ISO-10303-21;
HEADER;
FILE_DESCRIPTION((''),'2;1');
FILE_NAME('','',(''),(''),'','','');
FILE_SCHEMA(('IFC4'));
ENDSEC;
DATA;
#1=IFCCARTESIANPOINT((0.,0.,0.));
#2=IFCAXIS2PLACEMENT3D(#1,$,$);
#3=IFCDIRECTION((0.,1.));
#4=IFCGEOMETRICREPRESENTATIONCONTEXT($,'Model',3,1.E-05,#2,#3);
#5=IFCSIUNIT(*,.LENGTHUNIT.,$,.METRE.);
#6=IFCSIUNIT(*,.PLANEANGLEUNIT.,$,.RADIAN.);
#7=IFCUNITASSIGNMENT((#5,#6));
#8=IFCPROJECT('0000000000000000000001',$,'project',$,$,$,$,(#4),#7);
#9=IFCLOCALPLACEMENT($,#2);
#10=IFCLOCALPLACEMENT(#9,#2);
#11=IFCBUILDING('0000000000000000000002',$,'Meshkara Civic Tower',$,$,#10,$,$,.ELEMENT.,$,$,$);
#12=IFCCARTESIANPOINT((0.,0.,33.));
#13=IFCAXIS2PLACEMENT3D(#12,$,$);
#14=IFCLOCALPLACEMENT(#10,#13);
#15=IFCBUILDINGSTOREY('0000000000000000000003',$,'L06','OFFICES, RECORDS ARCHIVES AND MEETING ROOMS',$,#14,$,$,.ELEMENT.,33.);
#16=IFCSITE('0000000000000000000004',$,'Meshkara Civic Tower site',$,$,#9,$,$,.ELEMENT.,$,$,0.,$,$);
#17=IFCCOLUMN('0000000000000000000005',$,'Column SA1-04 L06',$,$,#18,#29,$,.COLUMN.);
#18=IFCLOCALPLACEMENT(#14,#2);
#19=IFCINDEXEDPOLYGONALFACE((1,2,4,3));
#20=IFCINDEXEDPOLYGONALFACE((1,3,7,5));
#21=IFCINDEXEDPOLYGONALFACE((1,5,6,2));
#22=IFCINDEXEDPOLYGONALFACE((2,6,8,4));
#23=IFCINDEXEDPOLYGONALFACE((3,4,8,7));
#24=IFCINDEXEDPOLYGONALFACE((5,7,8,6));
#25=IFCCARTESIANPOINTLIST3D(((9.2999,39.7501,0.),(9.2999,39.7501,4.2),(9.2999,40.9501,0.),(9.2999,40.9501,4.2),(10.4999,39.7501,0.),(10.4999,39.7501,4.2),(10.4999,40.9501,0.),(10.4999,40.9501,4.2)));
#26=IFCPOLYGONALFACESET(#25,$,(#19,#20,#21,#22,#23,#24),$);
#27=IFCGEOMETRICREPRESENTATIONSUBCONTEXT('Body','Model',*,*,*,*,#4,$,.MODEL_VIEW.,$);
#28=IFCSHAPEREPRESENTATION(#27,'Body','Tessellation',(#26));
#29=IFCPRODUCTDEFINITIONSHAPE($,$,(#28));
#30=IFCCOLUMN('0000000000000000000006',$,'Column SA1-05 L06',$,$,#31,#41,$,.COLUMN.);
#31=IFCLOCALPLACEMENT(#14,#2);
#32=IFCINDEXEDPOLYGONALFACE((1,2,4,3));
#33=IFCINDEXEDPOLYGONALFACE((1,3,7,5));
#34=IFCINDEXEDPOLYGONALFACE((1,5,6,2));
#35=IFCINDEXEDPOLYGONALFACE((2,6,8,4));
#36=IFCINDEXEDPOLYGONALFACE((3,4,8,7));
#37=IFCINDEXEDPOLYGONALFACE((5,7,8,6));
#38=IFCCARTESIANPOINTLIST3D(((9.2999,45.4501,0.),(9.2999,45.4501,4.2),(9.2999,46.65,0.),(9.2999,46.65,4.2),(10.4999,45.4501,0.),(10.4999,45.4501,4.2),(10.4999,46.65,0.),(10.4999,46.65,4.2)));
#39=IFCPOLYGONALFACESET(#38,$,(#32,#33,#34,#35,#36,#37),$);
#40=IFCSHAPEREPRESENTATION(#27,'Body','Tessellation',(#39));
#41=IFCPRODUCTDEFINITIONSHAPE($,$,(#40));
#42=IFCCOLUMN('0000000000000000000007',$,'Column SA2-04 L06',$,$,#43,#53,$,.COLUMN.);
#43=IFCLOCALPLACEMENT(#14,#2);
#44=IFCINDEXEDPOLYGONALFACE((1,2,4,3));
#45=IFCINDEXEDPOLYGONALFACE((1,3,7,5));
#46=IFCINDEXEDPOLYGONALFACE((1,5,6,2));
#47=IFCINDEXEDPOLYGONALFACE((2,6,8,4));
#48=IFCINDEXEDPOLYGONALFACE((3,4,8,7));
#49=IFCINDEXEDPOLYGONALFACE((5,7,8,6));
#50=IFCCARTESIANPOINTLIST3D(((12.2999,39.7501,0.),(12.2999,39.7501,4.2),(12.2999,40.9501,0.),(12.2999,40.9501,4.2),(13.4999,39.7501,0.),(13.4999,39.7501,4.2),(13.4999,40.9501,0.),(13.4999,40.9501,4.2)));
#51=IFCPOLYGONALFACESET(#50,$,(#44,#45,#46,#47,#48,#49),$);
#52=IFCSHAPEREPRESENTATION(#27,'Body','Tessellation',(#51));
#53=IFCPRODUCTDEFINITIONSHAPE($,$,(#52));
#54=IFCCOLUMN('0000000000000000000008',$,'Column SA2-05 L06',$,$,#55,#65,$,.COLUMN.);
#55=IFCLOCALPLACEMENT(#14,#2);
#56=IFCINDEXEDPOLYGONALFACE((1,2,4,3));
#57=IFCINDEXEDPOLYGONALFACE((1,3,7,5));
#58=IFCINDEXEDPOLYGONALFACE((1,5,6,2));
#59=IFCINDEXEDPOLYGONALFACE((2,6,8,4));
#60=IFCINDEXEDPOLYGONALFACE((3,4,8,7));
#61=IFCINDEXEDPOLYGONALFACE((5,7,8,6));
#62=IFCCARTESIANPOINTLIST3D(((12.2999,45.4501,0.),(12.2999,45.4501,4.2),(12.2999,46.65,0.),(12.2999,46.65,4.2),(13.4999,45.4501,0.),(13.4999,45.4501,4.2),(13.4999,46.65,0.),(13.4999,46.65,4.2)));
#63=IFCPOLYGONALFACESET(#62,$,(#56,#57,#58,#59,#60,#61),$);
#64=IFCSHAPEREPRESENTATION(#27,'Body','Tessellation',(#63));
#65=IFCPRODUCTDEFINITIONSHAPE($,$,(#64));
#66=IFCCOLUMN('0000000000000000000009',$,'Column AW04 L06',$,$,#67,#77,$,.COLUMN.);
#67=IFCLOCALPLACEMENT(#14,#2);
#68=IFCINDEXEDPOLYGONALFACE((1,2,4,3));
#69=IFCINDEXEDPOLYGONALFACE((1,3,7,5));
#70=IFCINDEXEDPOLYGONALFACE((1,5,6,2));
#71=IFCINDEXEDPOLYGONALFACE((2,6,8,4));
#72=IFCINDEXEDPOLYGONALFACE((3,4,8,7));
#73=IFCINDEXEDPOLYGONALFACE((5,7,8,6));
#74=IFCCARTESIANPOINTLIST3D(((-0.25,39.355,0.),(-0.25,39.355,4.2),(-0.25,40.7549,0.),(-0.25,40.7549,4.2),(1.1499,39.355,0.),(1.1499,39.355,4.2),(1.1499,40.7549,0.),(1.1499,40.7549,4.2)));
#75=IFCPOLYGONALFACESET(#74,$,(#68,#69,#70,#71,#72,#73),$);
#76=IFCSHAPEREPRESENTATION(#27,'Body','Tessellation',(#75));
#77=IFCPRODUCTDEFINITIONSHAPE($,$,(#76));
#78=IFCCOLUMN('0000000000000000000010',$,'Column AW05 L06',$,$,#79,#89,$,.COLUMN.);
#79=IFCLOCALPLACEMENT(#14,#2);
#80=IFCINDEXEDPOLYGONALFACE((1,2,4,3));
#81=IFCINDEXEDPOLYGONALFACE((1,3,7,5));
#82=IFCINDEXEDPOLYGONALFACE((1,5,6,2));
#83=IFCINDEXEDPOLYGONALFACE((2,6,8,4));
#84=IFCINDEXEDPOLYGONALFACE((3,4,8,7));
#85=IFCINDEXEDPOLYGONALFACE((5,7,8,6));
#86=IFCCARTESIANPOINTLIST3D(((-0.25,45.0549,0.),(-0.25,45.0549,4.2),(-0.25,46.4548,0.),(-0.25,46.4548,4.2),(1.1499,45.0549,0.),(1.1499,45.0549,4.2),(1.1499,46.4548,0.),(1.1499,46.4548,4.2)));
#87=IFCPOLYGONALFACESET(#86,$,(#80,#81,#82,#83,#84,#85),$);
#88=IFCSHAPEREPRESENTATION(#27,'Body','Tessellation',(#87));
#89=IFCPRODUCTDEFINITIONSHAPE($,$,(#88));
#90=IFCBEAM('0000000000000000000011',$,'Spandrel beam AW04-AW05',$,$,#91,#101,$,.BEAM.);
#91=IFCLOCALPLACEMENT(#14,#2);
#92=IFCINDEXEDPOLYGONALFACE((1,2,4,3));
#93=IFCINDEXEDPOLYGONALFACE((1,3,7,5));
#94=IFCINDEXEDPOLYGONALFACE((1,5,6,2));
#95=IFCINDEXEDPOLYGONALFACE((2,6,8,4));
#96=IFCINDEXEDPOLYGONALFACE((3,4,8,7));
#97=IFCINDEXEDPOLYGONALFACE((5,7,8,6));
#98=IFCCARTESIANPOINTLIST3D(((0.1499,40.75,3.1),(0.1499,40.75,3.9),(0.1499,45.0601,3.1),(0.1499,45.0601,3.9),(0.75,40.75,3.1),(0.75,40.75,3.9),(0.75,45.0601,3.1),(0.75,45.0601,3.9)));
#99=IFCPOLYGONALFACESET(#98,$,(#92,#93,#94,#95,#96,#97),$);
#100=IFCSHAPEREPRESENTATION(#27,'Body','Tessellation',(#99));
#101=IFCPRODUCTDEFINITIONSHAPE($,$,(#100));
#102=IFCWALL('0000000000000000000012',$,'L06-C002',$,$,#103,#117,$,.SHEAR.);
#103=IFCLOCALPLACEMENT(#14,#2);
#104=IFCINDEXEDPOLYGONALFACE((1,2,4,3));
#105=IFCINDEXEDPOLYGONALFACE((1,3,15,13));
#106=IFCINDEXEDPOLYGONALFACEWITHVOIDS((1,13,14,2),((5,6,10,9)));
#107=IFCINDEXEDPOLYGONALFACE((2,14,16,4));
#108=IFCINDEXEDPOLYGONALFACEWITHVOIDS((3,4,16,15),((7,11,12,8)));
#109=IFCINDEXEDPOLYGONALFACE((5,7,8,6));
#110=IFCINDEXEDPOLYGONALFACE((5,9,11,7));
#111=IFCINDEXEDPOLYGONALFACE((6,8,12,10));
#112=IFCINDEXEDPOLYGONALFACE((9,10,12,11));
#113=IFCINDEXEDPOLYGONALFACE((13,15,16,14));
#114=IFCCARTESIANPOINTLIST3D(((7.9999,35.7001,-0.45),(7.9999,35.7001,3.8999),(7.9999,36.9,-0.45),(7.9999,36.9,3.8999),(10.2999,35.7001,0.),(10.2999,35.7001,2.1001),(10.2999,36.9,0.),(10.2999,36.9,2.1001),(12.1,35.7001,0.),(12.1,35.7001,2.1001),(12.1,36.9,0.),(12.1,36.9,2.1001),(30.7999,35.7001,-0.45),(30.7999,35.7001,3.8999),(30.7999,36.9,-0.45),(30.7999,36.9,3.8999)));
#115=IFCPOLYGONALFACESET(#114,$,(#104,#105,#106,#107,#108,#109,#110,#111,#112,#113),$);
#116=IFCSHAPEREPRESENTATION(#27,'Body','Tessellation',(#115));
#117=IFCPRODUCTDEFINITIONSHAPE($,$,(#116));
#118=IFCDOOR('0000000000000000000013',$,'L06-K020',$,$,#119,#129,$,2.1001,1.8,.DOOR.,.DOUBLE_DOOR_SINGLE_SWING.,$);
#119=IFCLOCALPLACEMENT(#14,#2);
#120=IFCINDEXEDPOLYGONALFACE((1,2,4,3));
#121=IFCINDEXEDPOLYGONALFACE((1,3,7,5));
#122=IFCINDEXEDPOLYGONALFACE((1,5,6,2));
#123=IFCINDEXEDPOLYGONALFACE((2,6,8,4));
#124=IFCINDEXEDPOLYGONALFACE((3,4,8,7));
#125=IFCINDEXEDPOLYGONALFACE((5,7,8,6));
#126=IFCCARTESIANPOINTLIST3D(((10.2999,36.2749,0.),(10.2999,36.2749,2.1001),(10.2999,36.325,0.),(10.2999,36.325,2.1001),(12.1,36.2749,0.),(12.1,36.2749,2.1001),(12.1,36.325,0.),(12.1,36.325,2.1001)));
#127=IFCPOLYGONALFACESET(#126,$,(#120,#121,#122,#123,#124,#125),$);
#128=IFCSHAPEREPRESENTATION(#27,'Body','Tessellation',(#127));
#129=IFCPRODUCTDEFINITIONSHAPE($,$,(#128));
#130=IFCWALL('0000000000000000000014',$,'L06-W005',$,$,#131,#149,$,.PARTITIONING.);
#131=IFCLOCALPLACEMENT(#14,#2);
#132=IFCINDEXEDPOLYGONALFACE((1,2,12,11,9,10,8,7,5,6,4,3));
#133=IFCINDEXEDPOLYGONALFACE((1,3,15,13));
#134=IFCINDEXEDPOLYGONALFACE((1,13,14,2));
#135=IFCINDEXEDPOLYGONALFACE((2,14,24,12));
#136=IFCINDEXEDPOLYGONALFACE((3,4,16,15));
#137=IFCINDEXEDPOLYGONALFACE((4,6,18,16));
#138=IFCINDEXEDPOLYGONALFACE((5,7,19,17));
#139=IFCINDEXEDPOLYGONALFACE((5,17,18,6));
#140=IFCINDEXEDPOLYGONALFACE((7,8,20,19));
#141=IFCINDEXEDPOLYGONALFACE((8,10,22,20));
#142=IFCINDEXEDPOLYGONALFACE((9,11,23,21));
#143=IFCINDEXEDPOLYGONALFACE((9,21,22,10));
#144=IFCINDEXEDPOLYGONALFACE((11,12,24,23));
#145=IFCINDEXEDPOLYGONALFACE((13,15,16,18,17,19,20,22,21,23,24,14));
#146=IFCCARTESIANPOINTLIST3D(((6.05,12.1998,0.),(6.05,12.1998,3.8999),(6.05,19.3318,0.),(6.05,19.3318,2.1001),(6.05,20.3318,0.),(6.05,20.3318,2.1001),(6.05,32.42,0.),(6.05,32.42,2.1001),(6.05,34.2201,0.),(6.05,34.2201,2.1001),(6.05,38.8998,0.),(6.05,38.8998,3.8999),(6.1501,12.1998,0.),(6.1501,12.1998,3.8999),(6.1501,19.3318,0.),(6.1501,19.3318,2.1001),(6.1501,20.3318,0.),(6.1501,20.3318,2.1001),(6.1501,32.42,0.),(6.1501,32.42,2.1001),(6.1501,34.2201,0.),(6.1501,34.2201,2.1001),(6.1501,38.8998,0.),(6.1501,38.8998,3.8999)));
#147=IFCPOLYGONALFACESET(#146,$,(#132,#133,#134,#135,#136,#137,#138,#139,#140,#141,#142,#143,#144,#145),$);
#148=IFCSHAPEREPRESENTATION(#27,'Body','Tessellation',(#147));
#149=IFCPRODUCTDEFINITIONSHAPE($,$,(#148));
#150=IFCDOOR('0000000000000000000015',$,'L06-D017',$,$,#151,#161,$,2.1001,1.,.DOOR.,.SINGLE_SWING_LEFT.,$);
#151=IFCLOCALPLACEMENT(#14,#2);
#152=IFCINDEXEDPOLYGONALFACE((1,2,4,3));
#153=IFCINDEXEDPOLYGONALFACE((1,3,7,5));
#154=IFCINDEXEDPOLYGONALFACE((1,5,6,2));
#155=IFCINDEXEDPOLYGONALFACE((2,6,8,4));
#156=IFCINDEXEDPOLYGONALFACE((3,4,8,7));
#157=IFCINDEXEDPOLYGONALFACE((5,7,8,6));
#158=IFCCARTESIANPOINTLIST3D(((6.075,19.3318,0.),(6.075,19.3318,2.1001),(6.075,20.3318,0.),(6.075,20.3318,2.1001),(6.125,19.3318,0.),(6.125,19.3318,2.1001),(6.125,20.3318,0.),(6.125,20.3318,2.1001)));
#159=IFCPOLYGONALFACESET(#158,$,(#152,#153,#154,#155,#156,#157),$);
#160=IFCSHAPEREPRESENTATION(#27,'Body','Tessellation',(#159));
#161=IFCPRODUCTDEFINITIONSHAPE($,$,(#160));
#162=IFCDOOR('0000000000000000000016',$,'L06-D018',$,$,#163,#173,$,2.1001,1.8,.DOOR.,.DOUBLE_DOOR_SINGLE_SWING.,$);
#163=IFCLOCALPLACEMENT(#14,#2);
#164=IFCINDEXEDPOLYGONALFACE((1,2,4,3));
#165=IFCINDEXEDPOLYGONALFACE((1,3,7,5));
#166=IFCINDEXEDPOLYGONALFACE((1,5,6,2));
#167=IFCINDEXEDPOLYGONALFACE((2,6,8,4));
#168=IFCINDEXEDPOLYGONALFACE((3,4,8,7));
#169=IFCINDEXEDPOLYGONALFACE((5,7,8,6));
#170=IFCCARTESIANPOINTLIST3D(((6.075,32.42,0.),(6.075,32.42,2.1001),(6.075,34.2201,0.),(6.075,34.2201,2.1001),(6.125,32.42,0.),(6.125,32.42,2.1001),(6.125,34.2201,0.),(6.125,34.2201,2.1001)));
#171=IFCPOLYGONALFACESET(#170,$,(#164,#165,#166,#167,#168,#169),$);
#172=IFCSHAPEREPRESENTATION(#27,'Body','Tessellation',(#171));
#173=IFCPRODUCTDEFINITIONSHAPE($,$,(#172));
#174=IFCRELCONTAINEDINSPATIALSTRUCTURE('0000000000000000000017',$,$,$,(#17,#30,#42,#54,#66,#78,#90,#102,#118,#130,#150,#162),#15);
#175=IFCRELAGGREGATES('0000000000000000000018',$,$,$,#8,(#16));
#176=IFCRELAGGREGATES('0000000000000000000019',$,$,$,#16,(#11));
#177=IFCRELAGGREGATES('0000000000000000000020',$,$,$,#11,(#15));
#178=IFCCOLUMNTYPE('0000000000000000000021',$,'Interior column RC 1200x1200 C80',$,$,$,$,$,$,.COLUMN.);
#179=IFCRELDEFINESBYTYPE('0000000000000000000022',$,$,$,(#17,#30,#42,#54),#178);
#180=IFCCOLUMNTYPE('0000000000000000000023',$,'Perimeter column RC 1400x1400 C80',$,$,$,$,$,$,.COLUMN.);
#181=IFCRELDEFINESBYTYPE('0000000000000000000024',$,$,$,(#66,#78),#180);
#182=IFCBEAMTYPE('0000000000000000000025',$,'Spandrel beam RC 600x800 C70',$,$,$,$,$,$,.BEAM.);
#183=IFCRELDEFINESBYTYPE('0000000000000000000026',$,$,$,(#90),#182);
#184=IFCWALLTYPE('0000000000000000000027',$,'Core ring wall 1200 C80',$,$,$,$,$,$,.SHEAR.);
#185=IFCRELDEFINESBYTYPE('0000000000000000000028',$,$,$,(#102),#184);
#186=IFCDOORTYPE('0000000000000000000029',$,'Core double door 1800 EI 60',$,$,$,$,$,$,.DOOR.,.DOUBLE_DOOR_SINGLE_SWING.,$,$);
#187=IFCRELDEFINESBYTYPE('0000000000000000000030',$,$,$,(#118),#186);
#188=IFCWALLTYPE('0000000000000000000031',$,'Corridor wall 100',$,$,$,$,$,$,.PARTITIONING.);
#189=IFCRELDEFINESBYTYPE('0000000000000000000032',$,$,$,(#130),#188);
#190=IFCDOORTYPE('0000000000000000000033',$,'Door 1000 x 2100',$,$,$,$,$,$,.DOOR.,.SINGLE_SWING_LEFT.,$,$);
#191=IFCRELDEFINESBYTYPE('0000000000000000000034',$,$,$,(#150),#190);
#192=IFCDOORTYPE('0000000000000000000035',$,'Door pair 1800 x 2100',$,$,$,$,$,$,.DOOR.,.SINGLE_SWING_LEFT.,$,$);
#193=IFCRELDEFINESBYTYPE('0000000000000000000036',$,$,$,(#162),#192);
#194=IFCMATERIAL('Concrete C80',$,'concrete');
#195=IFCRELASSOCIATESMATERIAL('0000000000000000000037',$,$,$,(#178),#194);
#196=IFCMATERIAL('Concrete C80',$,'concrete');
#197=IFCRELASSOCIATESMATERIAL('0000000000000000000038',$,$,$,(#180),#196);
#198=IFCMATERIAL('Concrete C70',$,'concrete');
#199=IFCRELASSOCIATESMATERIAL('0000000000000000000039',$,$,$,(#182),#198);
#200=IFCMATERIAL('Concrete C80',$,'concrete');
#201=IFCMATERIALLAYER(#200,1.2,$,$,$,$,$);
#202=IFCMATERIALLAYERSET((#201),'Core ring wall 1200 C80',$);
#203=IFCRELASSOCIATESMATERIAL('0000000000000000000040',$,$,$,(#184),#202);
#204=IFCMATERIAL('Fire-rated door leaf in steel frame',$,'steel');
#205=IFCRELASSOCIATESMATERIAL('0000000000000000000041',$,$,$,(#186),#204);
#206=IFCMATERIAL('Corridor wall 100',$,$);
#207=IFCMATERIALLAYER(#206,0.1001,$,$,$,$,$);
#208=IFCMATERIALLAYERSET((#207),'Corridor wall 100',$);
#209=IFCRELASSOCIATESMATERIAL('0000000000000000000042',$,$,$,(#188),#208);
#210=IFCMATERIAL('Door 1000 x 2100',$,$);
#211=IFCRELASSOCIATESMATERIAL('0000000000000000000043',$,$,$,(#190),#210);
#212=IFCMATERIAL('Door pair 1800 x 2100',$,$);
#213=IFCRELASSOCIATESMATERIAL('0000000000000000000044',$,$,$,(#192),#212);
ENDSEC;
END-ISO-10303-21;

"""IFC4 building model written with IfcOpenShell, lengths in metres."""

from ifc_helpers import new_model, si_unit, direction, frame, frame_2d, origin, origin_2d, place, context, subcontext, project, spatial, rectangle, extrude, material, layer, layer_set, material_profile, profile_set, type_object, element, fill, save


model = new_model("IFC4")

# Units and contexts
model_context = context("Model", 3, precision=1e-05, world=origin(), true_north=direction((0.0, 1.0)))
body_context = subcontext(model_context, "Body", "Model", "MODEL_VIEW")
ifc_project = project(units=[si_unit("LENGTHUNIT", "METRE"), si_unit("PLANEANGLEUNIT", "RADIAN")], contexts=[model_context])

# Site, building, storey
site_placement = place(None, origin())
site = spatial("IfcSite", under=ifc_project, at=site_placement, Name="Meshkara Civic Tower site", CompositionType="ELEMENT", RefElevation=0.0)
building_placement = place(site_placement, origin())
building = spatial("IfcBuilding", under=site, at=building_placement, Name="Meshkara Civic Tower", CompositionType="ELEMENT")
storey_placement = place(building_placement, frame((0.0, 0.0, 33.0)))
storey = spatial("IfcBuildingStorey", under=building, at=storey_placement, Name="L06", Description="OFFICES, RECORDS ARCHIVES AND MEETING ROOMS", CompositionType="ELEMENT", Elevation=33.0)

# Columns
ifc_material_1 = material(Name="Concrete C80", Category="concrete")
ifc_material_profile_1 = material_profile(ifc_material_1, rectangle(XDim=1.2, YDim=1.2, at=origin_2d()))
ifc_profile_set_1 = profile_set([ifc_material_profile_1], Name="Concrete C80")
column_type_1 = type_object("IfcColumnType", Name="Interior column RC 1200x1200 C80", PredefinedType="COLUMN", material=ifc_profile_set_1)
for number, where, z_axis, x_axis, name in (
    (1, (9.8999, 40.3501, 0.0), (0.0, 0.0, 1.0), (1.0, 0.0, 0.0), "Column SA1-04 L06"),
    (2, (9.8999, 46.05, 0.0), (0.0, 0.0, 1.0), (1.0, 0.0, 0.0), "Column SA1-05 L06"),
    (3, (12.8999, 40.3501, 0.0), (0.0, 0.0, 1.0), (1.0, 0.0, 0.0), "Column SA2-04 L06"),
    (4, (12.8999, 46.05, 0.0), (0.0, 0.0, 1.0), (1.0, 0.0, 0.0), "Column SA2-05 L06"),
):
    element("IfcColumn", number, at=place(storey_placement, frame(where, z_axis=z_axis, x_axis=x_axis)), inside=storey, type_object=column_type_1, Name=name, PredefinedType="COLUMN", context=body_context, shape_type="SweptSolid", body=[
        extrude(rectangle(XDim=1.2, YDim=1.2, at=origin_2d()), origin(), (0.0, 0.0, 1.0), 4.2),
    ])
ifc_material_2 = material(Name="Concrete C80", Category="concrete")
ifc_material_profile_2 = material_profile(ifc_material_2, rectangle(XDim=1.3999, YDim=1.3999, at=origin_2d()))
ifc_profile_set_2 = profile_set([ifc_material_profile_2], Name="Concrete C80")
column_type_2 = type_object("IfcColumnType", Name="Perimeter column RC 1400x1400 C80", PredefinedType="COLUMN", material=ifc_profile_set_2)
for number, where, z_axis, x_axis, name in (
    (5, (0.45, 40.0549, 0.0), (0.0, 0.0, 1.0), (1.0, 0.0, 0.0), "Column AW04 L06"),
    (6, (0.45, 45.7549, 0.0), (0.0, 0.0, 1.0), (1.0, 0.0, 0.0), "Column AW05 L06"),
):
    element("IfcColumn", number, at=place(storey_placement, frame(where, z_axis=z_axis, x_axis=x_axis)), inside=storey, type_object=column_type_2, Name=name, PredefinedType="COLUMN", context=body_context, shape_type="SweptSolid", body=[
        extrude(rectangle(XDim=1.3999, YDim=1.3999, at=origin_2d()), origin(), (0.0, 0.0, 1.0), 4.2),
    ])

# Beam
ifc_material_3 = material(Name="Concrete C70", Category="concrete")
ifc_material_profile_3 = material_profile(ifc_material_3, rectangle(XDim=0.6001, YDim=0.8, at=origin_2d()))
ifc_profile_set_3 = profile_set([ifc_material_profile_3], Name="Concrete C70")
beam_type = type_object("IfcBeamType", Name="Spandrel beam RC 600x800 C70", PredefinedType="BEAM", material=ifc_profile_set_3)
beam_placement = place(storey_placement, frame((0.45, 45.0601, 3.5), z_axis=(0.0, -1.0, 0.0), x_axis=(1.0, 0.0, 0.0)))
element("IfcBeam", 7, at=beam_placement, inside=storey, type_object=beam_type, Name="Spandrel beam AW04-AW05", PredefinedType="BEAM", context=body_context, shape_type="SweptSolid", body=[
    extrude(rectangle(XDim=0.6001, YDim=0.8, at=origin_2d()), origin(), (0.0, 0.0, 1.0), 4.3101),
])

# Wall, opening, door
ifc_material_4 = material(Name="Concrete C80", Category="concrete")
ifc_layer_1 = layer(ifc_material_4, 1.2)
ifc_layer_set_1 = layer_set([ifc_layer_1], Name="Core ring wall 1200 C80")
wall_type_1 = type_object("IfcWallType", Name="Core ring wall 1200 C80", PredefinedType="SHEAR", material=ifc_layer_set_1)
wall_1_placement = place(storey_placement, frame((8.0, 36.3, -0.45), z_axis=(0.0, 0.0, 1.0), x_axis=(1.0, 0.0, 0.0)))
wall_1 = element("IfcWall", 8, at=wall_1_placement, inside=storey, type_object=wall_type_1, Name="L06-C002", PredefinedType="SHEAR", context=body_context, shape_type="SweptSolid", body=[
    extrude(rectangle(XDim=22.8, YDim=1.2, at=frame_2d((11.3999, 0.0))), origin(), (0.0, 0.0, 1.0), 4.3499),
])
opening_1_placement = place(wall_1_placement, frame((2.3, 0.0, 0.45)))
opening_1 = element("IfcOpeningElement", 9, at=opening_1_placement, cuts=wall_1, PredefinedType="OPENING", context=body_context, shape_type="SweptSolid", body=[
    extrude(rectangle(XDim=1.8, YDim=2.1001, at=frame_2d((0.8999, 1.05))), frame((0.0, 0.6099, 0.0), z_axis=(0.0, -1.0, 0.0), x_axis=(1.0, 0.0, 0.0)), (0.0, 0.0, 1.0), 1.22),
])
ifc_material_5 = material(Name="Fire-rated door leaf in steel frame", Category="steel")
door_type_1 = type_object("IfcDoorType", Name="Core double door 1800 EI 60", OperationType="DOUBLE_DOOR_SINGLE_SWING", PredefinedType="DOOR", material=ifc_material_5)
door_1_placement = place(opening_1_placement, origin())
door_1 = element("IfcDoor", 10, at=door_1_placement, inside=storey, type_object=door_type_1, Name="L06-K020", OperationType="DOUBLE_DOOR_SINGLE_SWING", OverallHeight=2.1001, OverallWidth=1.8, PredefinedType="DOOR", context=body_context, shape_type="SweptSolid", body=[
    extrude(rectangle(XDim=1.8, YDim=2.1001, at=frame_2d((0.8999, 1.05))), frame((0.0, 0.0249, 0.0), z_axis=(0.0, -1.0, 0.0), x_axis=(1.0, 0.0, 0.0)), (0.0, 0.0, 1.0), 0.05),
])
fill(opening_1, door_1)

# Wall, openings, doors
ifc_material_6 = material(Name="Corridor wall 100")
ifc_layer_2 = layer(ifc_material_6, 0.1001)
ifc_layer_set_2 = layer_set([ifc_layer_2], Name="Corridor wall 100")
wall_type_2 = type_object("IfcWallType", Name="Corridor wall 100", PredefinedType="PARTITIONING", material=ifc_layer_set_2)
wall_2_placement = place(storey_placement, frame((6.1001, 38.8999, 0.0), z_axis=(0.0, 0.0, 1.0), x_axis=(0.0, -1.0, 0.0)))
wall_2 = element("IfcWall", 11, at=wall_2_placement, inside=storey, type_object=wall_type_2, Name="L06-W005", PredefinedType="PARTITIONING", context=body_context, shape_type="SweptSolid", body=[
    extrude(rectangle(XDim=26.7, YDim=0.1001, at=frame_2d((13.3501, 0.0))), origin(), (0.0, 0.0, 1.0), 3.8999),
])
opening_2_placement = place(wall_2_placement, frame((18.5681, 0.0, 0.0)))
opening_2 = element("IfcOpeningElement", 12, at=opening_2_placement, cuts=wall_2, PredefinedType="OPENING", context=body_context, shape_type="SweptSolid", body=[
    extrude(rectangle(XDim=1.0, YDim=2.1001, at=frame_2d((0.5, 1.05))), frame((0.0, 0.0601, 0.0), z_axis=(0.0, -1.0, 0.0), x_axis=(1.0, 0.0, 0.0)), (0.0, 0.0, 1.0), 0.1201),
])
opening_3_placement = place(wall_2_placement, frame((4.6799, 0.0, 0.0)))
opening_3 = element("IfcOpeningElement", 13, at=opening_3_placement, cuts=wall_2, PredefinedType="OPENING", context=body_context, shape_type="SweptSolid", body=[
    extrude(rectangle(XDim=1.8, YDim=2.1001, at=frame_2d((0.8999, 1.05))), frame((0.0, 0.0601, 0.0), z_axis=(0.0, -1.0, 0.0), x_axis=(1.0, 0.0, 0.0)), (0.0, 0.0, 1.0), 0.1201),
])
ifc_material_7 = material(Name="Door 1000 x 2100")
door_type_2 = type_object("IfcDoorType", Name="Door 1000 x 2100", OperationType="SINGLE_SWING_LEFT", PredefinedType="DOOR", material=ifc_material_7)
door_2_placement = place(opening_2_placement, origin())
door_2 = element("IfcDoor", 14, at=door_2_placement, inside=storey, type_object=door_type_2, Name="L06-D017", OperationType="SINGLE_SWING_LEFT", OverallHeight=2.1001, OverallWidth=1.0, PredefinedType="DOOR", context=body_context, shape_type="SweptSolid", body=[
    extrude(rectangle(XDim=1.0, YDim=2.1001, at=frame_2d((0.5, 1.05))), frame((0.0, 0.0249, 0.0), z_axis=(0.0, -1.0, 0.0), x_axis=(1.0, 0.0, 0.0)), (0.0, 0.0, 1.0), 0.05),
])
fill(opening_2, door_2)
ifc_material_8 = material(Name="Door pair 1800 x 2100")
door_type_3 = type_object("IfcDoorType", Name="Door pair 1800 x 2100", OperationType="SINGLE_SWING_LEFT", PredefinedType="DOOR", material=ifc_material_8)
door_3_placement = place(opening_3_placement, origin())
door_3 = element("IfcDoor", 15, at=door_3_placement, inside=storey, type_object=door_type_3, Name="L06-D018", OperationType="DOUBLE_DOOR_SINGLE_SWING", OverallHeight=2.1001, OverallWidth=1.8, PredefinedType="DOOR", context=body_context, shape_type="SweptSolid", body=[
    extrude(rectangle(XDim=1.8, YDim=2.1001, at=frame_2d((0.8999, 1.05))), frame((0.0, 0.0249, 0.0), z_axis=(0.0, -1.0, 0.0), x_axis=(1.0, 0.0, 0.0)), (0.0, 0.0, 1.0), 0.05),
])
fill(opening_3, door_3)

save(model, "model.ifc")
